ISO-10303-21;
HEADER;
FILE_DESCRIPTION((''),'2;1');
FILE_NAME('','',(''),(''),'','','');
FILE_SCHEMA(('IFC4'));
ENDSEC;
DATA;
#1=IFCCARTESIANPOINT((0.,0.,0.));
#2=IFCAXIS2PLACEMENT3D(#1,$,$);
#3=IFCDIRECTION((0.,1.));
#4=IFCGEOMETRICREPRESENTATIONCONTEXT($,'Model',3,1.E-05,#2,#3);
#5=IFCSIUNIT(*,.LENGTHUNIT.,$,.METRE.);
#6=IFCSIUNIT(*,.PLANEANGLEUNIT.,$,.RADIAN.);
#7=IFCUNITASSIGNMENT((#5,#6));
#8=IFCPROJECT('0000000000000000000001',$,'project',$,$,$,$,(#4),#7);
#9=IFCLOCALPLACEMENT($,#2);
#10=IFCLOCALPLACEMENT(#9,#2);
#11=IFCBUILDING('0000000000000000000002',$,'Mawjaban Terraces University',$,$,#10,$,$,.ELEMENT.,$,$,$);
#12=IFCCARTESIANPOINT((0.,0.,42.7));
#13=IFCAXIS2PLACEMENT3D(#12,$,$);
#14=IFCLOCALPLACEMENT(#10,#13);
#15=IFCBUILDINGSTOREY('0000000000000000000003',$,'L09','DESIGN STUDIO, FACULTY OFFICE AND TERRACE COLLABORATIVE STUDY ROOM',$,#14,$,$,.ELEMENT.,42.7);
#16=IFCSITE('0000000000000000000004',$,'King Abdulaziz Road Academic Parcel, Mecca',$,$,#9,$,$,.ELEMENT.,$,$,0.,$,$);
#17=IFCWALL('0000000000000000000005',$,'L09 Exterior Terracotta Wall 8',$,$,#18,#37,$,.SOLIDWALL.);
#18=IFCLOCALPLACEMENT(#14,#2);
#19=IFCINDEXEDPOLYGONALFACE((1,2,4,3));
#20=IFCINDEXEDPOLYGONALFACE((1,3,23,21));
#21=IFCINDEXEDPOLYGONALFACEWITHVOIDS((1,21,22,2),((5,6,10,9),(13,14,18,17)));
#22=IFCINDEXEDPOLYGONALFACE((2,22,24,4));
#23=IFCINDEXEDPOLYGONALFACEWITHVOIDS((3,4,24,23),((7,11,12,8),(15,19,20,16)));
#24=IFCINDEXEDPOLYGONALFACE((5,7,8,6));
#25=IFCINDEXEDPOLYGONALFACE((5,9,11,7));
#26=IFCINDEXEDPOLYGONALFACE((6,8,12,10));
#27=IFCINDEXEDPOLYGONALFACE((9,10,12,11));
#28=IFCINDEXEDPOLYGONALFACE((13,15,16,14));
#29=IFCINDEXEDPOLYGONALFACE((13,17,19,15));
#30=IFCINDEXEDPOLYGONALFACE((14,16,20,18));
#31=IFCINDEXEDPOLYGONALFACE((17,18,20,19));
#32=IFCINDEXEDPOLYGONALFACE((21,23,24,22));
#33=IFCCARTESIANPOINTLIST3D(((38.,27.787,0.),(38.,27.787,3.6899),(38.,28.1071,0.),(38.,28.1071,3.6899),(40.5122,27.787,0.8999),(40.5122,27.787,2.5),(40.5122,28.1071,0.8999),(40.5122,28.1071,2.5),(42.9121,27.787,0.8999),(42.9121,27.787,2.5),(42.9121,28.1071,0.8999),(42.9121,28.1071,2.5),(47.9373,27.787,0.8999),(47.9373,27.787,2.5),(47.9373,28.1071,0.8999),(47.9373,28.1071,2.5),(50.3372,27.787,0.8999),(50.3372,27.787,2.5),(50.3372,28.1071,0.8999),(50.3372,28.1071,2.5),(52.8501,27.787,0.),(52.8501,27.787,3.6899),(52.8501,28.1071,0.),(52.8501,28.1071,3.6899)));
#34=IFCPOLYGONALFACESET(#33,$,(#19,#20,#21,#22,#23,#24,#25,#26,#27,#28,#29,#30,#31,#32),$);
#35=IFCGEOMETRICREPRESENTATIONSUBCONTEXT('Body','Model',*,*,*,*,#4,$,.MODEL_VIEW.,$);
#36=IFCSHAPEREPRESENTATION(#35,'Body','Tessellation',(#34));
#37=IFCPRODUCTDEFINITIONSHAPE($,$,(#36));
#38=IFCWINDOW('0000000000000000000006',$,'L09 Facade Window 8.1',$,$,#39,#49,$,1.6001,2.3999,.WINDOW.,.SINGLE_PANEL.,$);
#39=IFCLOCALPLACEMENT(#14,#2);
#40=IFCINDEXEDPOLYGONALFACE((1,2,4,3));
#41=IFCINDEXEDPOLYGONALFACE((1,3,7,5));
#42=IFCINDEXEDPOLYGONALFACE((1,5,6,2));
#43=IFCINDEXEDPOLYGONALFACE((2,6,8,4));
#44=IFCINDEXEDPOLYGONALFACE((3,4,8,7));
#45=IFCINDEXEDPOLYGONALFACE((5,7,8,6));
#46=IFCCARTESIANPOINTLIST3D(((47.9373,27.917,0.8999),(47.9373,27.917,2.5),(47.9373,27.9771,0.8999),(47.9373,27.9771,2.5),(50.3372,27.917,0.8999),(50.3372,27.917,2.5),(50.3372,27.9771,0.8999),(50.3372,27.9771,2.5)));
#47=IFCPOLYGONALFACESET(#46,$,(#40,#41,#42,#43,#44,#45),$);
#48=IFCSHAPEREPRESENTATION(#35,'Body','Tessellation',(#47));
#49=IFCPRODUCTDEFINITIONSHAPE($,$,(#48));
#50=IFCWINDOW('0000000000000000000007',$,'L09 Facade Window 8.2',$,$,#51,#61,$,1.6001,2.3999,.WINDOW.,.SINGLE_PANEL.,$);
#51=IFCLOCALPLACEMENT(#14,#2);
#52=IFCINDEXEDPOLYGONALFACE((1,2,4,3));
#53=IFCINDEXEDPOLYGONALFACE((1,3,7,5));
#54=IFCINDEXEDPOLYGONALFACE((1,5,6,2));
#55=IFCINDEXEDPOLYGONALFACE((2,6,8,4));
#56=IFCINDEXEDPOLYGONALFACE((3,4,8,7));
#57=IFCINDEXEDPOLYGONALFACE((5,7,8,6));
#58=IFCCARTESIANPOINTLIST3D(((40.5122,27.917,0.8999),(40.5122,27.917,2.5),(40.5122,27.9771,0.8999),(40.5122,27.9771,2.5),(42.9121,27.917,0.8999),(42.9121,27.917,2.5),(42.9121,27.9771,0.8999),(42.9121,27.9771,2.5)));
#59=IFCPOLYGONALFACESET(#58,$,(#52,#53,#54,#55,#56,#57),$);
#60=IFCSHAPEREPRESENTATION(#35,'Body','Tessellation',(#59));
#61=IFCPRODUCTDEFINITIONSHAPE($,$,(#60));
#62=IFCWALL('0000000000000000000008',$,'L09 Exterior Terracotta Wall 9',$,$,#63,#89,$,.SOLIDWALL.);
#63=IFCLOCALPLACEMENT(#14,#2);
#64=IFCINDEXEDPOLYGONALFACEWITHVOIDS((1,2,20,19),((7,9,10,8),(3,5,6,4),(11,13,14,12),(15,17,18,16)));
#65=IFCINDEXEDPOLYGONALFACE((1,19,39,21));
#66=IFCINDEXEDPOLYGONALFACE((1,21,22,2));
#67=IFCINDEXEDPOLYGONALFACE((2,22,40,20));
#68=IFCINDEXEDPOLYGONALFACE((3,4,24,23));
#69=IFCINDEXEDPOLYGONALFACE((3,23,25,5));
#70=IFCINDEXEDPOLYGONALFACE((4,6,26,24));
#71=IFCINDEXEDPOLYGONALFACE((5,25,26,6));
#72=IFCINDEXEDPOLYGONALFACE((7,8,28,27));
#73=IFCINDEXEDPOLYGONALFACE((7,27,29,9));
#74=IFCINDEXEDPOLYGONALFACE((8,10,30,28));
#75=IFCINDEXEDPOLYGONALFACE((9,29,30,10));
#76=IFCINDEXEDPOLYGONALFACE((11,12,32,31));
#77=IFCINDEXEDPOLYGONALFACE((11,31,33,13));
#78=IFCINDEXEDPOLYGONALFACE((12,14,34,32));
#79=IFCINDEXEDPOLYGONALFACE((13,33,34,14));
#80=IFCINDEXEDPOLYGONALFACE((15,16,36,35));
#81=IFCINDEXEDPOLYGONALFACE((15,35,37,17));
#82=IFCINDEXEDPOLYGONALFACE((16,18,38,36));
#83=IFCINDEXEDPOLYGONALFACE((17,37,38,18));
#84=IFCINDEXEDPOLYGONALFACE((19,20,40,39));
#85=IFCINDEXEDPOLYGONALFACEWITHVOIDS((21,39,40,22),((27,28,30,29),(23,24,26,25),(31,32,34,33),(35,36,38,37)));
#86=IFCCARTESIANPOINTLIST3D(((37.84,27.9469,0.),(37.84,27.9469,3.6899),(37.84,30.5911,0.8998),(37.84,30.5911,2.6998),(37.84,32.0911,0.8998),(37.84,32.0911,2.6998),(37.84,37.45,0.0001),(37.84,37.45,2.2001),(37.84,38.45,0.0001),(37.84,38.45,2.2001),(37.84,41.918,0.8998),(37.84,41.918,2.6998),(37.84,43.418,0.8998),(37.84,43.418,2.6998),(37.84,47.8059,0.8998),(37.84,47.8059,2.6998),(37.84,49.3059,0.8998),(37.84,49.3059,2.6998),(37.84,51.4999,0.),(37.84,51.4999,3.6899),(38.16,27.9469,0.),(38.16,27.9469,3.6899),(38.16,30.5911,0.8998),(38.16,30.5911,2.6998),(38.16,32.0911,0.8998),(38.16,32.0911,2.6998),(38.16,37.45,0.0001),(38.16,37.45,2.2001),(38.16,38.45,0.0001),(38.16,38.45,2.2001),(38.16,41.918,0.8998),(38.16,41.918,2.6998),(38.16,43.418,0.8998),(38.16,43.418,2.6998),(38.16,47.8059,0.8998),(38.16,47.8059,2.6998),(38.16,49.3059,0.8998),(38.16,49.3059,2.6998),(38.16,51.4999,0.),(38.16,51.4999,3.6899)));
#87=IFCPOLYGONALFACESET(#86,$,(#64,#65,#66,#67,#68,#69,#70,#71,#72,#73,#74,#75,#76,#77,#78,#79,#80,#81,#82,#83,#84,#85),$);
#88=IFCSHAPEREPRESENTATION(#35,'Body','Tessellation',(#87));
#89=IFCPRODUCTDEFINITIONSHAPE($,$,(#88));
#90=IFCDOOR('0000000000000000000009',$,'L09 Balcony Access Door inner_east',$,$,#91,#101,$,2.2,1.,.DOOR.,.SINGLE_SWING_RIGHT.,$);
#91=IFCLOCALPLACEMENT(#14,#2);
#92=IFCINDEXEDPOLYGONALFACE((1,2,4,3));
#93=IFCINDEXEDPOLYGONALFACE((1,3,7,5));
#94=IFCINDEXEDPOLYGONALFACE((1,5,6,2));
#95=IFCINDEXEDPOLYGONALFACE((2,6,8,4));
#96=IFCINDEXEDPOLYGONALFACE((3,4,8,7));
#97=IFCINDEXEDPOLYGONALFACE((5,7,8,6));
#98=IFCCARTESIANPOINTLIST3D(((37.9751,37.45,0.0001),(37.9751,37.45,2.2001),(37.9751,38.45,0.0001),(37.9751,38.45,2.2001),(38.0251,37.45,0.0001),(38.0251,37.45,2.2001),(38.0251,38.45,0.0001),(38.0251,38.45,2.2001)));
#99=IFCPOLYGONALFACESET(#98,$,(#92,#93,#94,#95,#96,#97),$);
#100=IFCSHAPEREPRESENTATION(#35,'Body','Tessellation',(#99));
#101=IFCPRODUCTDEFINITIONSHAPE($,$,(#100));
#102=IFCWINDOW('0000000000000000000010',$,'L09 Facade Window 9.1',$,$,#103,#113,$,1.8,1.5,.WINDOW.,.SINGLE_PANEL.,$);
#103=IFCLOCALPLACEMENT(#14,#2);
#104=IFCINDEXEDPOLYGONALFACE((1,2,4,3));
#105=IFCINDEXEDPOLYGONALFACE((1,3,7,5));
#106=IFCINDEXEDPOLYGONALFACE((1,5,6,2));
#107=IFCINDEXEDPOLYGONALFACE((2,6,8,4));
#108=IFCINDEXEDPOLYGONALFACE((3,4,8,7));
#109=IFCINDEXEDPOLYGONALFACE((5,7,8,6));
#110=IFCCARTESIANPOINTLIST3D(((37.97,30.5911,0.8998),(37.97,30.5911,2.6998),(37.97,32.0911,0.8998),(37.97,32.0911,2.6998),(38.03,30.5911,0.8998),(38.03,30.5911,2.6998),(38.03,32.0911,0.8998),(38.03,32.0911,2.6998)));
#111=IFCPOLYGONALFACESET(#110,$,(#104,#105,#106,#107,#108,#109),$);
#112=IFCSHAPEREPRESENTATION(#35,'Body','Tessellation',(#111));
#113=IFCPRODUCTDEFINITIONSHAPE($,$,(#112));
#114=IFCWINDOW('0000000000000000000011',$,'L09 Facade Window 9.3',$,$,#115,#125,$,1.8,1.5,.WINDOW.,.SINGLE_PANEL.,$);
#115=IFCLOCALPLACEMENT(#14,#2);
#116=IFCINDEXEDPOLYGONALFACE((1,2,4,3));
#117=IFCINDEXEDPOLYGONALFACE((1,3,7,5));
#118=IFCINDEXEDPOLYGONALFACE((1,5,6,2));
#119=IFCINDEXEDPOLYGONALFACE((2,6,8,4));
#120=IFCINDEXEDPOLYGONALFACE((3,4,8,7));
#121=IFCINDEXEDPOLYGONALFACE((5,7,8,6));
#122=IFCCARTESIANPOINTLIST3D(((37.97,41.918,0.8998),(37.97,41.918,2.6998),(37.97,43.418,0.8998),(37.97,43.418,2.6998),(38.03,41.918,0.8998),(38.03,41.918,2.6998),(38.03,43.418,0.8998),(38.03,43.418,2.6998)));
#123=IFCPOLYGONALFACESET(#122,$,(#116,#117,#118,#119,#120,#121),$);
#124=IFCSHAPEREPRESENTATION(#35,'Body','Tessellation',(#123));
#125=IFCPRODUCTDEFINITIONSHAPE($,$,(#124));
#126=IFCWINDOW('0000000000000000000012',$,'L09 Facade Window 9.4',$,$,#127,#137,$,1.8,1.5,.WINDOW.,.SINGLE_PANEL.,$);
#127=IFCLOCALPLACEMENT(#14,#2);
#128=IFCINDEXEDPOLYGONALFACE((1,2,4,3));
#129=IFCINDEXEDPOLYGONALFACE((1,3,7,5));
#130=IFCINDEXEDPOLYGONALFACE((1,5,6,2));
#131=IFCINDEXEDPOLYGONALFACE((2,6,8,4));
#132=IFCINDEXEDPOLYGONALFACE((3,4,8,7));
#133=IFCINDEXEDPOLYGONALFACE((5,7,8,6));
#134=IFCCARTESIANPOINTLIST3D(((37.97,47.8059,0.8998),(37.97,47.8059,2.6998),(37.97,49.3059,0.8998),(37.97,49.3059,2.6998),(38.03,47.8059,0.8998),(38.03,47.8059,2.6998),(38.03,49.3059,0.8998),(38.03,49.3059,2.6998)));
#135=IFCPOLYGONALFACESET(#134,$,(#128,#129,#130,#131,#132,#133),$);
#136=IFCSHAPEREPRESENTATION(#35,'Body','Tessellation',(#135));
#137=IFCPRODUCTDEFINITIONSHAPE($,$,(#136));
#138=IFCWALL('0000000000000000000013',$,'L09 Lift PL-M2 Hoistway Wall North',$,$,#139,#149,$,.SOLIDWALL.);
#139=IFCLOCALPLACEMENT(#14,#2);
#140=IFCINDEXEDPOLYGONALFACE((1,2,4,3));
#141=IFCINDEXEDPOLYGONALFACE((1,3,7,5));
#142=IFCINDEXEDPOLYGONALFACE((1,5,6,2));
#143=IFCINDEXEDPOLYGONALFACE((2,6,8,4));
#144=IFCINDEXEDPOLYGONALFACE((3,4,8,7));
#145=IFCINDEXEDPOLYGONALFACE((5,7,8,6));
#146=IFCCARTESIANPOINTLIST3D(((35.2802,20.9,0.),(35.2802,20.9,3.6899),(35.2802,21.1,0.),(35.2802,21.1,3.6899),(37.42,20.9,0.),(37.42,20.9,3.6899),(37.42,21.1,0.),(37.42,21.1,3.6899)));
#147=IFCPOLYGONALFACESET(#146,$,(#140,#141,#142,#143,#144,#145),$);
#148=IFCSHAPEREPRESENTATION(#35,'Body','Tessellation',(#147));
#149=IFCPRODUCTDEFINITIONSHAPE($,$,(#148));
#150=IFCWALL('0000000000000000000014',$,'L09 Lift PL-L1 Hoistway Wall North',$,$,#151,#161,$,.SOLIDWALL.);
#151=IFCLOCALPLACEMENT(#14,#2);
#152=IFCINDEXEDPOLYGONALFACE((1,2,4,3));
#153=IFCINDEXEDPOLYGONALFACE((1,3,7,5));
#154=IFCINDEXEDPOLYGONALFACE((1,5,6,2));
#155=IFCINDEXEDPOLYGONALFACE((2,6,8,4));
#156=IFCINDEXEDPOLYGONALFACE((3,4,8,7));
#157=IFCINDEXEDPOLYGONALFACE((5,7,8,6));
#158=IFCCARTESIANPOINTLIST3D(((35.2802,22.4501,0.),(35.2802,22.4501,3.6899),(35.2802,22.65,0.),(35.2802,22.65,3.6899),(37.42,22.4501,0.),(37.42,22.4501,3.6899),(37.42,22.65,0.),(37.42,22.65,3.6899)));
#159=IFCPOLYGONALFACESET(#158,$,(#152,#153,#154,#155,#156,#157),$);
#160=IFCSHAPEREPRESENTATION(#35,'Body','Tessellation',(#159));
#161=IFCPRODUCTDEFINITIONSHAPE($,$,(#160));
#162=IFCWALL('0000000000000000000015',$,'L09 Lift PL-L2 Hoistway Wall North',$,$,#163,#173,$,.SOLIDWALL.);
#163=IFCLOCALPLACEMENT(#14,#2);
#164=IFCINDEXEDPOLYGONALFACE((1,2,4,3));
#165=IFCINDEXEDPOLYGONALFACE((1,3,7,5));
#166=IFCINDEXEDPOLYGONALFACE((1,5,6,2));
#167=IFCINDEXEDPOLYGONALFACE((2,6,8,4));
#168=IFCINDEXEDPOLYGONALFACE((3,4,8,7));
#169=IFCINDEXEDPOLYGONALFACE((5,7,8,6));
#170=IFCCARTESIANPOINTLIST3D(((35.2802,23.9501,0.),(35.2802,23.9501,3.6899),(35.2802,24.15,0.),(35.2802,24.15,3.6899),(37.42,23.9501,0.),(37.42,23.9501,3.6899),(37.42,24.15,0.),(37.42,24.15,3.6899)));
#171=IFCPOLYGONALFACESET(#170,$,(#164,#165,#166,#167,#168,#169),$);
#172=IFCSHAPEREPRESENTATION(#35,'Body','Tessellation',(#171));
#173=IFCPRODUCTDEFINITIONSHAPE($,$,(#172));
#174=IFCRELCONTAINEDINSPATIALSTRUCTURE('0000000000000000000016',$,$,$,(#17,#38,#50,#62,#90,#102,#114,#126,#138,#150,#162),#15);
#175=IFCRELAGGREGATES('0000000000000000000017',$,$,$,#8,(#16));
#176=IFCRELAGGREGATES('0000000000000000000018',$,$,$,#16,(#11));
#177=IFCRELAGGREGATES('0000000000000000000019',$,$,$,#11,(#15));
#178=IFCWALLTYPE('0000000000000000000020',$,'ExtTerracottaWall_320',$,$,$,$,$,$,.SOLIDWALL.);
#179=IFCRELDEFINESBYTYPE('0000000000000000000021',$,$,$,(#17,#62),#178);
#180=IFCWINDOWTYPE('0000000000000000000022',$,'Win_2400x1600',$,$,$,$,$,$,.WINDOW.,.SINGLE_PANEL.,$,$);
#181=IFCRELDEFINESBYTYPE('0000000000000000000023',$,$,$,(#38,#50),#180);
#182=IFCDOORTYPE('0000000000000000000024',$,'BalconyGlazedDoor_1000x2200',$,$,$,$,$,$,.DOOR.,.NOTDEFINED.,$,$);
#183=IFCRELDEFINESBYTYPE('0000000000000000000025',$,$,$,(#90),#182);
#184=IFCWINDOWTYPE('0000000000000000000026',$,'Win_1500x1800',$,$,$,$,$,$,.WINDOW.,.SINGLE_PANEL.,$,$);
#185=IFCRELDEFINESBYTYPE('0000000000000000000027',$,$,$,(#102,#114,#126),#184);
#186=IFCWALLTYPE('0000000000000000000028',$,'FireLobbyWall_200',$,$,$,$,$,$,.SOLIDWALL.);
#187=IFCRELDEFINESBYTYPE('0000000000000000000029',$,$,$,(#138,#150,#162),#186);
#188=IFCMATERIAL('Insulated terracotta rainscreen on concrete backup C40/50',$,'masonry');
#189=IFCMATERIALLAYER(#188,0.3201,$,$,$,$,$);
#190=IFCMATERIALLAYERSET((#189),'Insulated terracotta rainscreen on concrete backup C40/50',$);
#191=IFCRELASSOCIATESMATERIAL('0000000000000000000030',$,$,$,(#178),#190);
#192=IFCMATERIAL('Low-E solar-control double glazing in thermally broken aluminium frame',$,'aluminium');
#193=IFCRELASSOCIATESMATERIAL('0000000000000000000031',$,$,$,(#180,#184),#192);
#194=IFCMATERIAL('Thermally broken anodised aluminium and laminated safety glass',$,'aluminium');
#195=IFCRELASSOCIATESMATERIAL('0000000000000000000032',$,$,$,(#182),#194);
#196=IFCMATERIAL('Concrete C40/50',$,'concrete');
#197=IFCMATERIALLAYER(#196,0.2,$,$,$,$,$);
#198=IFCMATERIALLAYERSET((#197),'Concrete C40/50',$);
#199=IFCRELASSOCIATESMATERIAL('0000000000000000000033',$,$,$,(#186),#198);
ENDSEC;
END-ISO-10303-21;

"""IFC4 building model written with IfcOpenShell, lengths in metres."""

from ifc_helpers import new_model, si_unit, direction, frame, frame_2d, origin, place, context, subcontext, project, spatial, rectangle, extrude, material, layer, layer_set, type_object, element, fill, save


model = new_model("IFC4")

# Units and contexts
model_context = context("Model", 3, precision=1e-05, world=origin(), true_north=direction((0.0, 1.0)))
body_context = subcontext(model_context, "Body", "Model", "MODEL_VIEW")
ifc_project = project(units=[si_unit("LENGTHUNIT", "METRE"), si_unit("PLANEANGLEUNIT", "RADIAN")], contexts=[model_context])

# Site, building, storey
site_placement = place(None, origin())
site = spatial("IfcSite", under=ifc_project, at=site_placement, Name="King Abdulaziz Road Academic Parcel, Mecca", CompositionType="ELEMENT", RefElevation=0.0)
building_placement = place(site_placement, origin())
building = spatial("IfcBuilding", under=site, at=building_placement, Name="Mawjaban Terraces University", CompositionType="ELEMENT")
storey_placement = place(building_placement, frame((0.0, 0.0, 42.7)))
storey = spatial("IfcBuildingStorey", under=building, at=storey_placement, Name="L09", Description="DESIGN STUDIO, FACULTY OFFICE AND TERRACE COLLABORATIVE STUDY ROOM", CompositionType="ELEMENT", Elevation=42.7)

# Shared definitions
ifc_material_1 = material(Name="Insulated terracotta rainscreen on concrete backup C40/50", Category="masonry")
ifc_layer_1 = layer(ifc_material_1, 0.3201)
ifc_layer_set_1 = layer_set([ifc_layer_1], Name="Insulated terracotta rainscreen on concrete backup C40/50")
wall_type_1 = type_object("IfcWallType", Name="ExtTerracottaWall_320", PredefinedType="SOLIDWALL", material=ifc_layer_set_1)

# Wall, openings, windows
wall_1_placement = place(storey_placement, frame((52.8501, 27.947, 0.0), z_axis=(0.0, 0.0, 1.0), x_axis=(-1.0, 0.0, 0.0)))
wall_1 = element("IfcWall", 1, at=wall_1_placement, inside=storey, type_object=wall_type_1, Name="L09 Exterior Terracotta Wall 8", PredefinedType="SOLIDWALL", context=body_context, shape_type="SweptSolid", body=[
    extrude(rectangle(XDim=14.8501, YDim=0.3201, at=frame_2d((7.425, 0.0))), origin(), (0.0, 0.0, 1.0), 3.6899),
])
opening_1_placement = place(wall_1_placement, frame((2.5129, 0.0, 0.8999)))
opening_1 = element("IfcOpeningElement", 2, at=opening_1_placement, cuts=wall_1, PredefinedType="OPENING", context=body_context, shape_type="SweptSolid", body=[
    extrude(rectangle(XDim=2.3999, YDim=1.6001, at=frame_2d((1.2, 0.8))), frame((0.0, 0.1699, 0.0), z_axis=(0.0, -1.0, 0.0), x_axis=(1.0, 0.0, 0.0)), (0.0, 0.0, 1.0), 0.3401),
])
opening_2_placement = place(wall_1_placement, frame((9.938, 0.0, 0.8999)))
opening_2 = element("IfcOpeningElement", 3, at=opening_2_placement, cuts=wall_1, PredefinedType="OPENING", context=body_context, shape_type="SweptSolid", body=[
    extrude(rectangle(XDim=2.3999, YDim=1.6001, at=frame_2d((1.2, 0.8))), frame((0.0, 0.1699, 0.0), z_axis=(0.0, -1.0, 0.0), x_axis=(1.0, 0.0, 0.0)), (0.0, 0.0, 1.0), 0.3401),
])
ifc_material_2 = material(Name="Low-E solar-control double glazing in thermally broken aluminium frame", Category="aluminium")
window_type_1 = type_object("IfcWindowType", Name="Win_2400x1600", PartitioningType="SINGLE_PANEL", PredefinedType="WINDOW", material=ifc_material_2)
window_1_placement = place(opening_1_placement, origin())
window_1 = element("IfcWindow", 4, at=window_1_placement, inside=storey, type_object=window_type_1, Name="L09 Facade Window 8.1", OverallHeight=1.6001, OverallWidth=2.3999, PartitioningType="SINGLE_PANEL", PredefinedType="WINDOW", context=body_context, shape_type="SweptSolid", body=[
    extrude(rectangle(XDim=2.3999, YDim=1.6001, at=frame_2d((1.2, 0.8))), frame((0.0, 0.03, 0.0), z_axis=(0.0, -1.0, 0.0), x_axis=(1.0, 0.0, 0.0)), (0.0, 0.0, 1.0), 0.0601),
])
fill(opening_1, window_1)
window_2_placement = place(opening_2_placement, origin())
window_2 = element("IfcWindow", 5, at=window_2_placement, inside=storey, type_object=window_type_1, Name="L09 Facade Window 8.2", OverallHeight=1.6001, OverallWidth=2.3999, PartitioningType="SINGLE_PANEL", PredefinedType="WINDOW", context=body_context, shape_type="SweptSolid", body=[
    extrude(rectangle(XDim=2.3999, YDim=1.6001, at=frame_2d((1.2, 0.8))), frame((0.0, 0.03, 0.0), z_axis=(0.0, -1.0, 0.0), x_axis=(1.0, 0.0, 0.0)), (0.0, 0.0, 1.0), 0.0601),
])
fill(opening_2, window_2)

# Wall, openings, door, windows
wall_2_placement = place(storey_placement, frame((38.0, 27.947, 0.0), z_axis=(0.0, 0.0, 1.0), x_axis=(0.0, 1.0, 0.0)))
wall_2 = element("IfcWall", 6, at=wall_2_placement, inside=storey, type_object=wall_type_1, Name="L09 Exterior Terracotta Wall 9", PredefinedType="SOLIDWALL", context=body_context, shape_type="SweptSolid", body=[
    extrude(rectangle(XDim=23.553, YDim=0.3201, at=frame_2d((11.7764, 0.0))), origin(), (0.0, 0.0, 1.0), 3.6899),
])
opening_3_placement = place(wall_2_placement, frame((9.5029, 0.0, 0.0)))
opening_3 = element("IfcOpeningElement", 7, at=opening_3_placement, cuts=wall_2, PredefinedType="OPENING", context=body_context, shape_type="SweptSolid", body=[
    extrude(rectangle(XDim=1.0, YDim=2.2, at=frame_2d((0.5, 1.1001))), frame((0.0, 0.1699, 0.0), z_axis=(0.0, -1.0, 0.0), x_axis=(1.0, 0.0, 0.0)), (0.0, 0.0, 1.0), 0.3401),
])
opening_4_placement = place(wall_2_placement, frame((2.644, 0.0, 0.8999)))
opening_4 = element("IfcOpeningElement", 8, at=opening_4_placement, cuts=wall_2, PredefinedType="OPENING", context=body_context, shape_type="SweptSolid", body=[
    extrude(rectangle(XDim=1.5, YDim=1.8, at=frame_2d((0.75, 0.8999))), frame((0.0, 0.1699, 0.0), z_axis=(0.0, -1.0, 0.0), x_axis=(1.0, 0.0, 0.0)), (0.0, 0.0, 1.0), 0.3401),
])
opening_5_placement = place(wall_2_placement, frame((13.9709, 0.0, 0.8999)))
opening_5 = element("IfcOpeningElement", 9, at=opening_5_placement, cuts=wall_2, PredefinedType="OPENING", context=body_context, shape_type="SweptSolid", body=[
    extrude(rectangle(XDim=1.5, YDim=1.8, at=frame_2d((0.75, 0.8999))), frame((0.0, 0.1699, 0.0), z_axis=(0.0, -1.0, 0.0), x_axis=(1.0, 0.0, 0.0)), (0.0, 0.0, 1.0), 0.3401),
])
opening_6_placement = place(wall_2_placement, frame((19.8589, 0.0, 0.8999)))
opening_6 = element("IfcOpeningElement", 10, at=opening_6_placement, cuts=wall_2, PredefinedType="OPENING", context=body_context, shape_type="SweptSolid", body=[
    extrude(rectangle(XDim=1.5, YDim=1.8, at=frame_2d((0.75, 0.8999))), frame((0.0, 0.1699, 0.0), z_axis=(0.0, -1.0, 0.0), x_axis=(1.0, 0.0, 0.0)), (0.0, 0.0, 1.0), 0.3401),
])
ifc_material_3 = material(Name="Thermally broken anodised aluminium and laminated safety glass", Category="aluminium")
door_type = type_object("IfcDoorType", Name="BalconyGlazedDoor_1000x2200", OperationType="NOTDEFINED", PredefinedType="DOOR", material=ifc_material_3)
door_placement = place(opening_3_placement, origin())
door = element("IfcDoor", 11, at=door_placement, inside=storey, type_object=door_type, Name="L09 Balcony Access Door inner_east", OperationType="SINGLE_SWING_RIGHT", OverallHeight=2.2, OverallWidth=1.0, PredefinedType="DOOR", context=body_context, shape_type="SweptSolid", body=[
    extrude(rectangle(XDim=1.0, YDim=2.2, at=frame_2d((0.5, 1.1001))), frame((0.0, 0.0249, 0.0), z_axis=(0.0, -1.0, 0.0), x_axis=(1.0, 0.0, 0.0)), (0.0, 0.0, 1.0), 0.05),
])
fill(opening_3, door)
window_type_2 = type_object("IfcWindowType", Name="Win_1500x1800", PartitioningType="SINGLE_PANEL", PredefinedType="WINDOW", material=ifc_material_2)
window_3_placement = place(opening_4_placement, origin())
window_3 = element("IfcWindow", 12, at=window_3_placement, inside=storey, type_object=window_type_2, Name="L09 Facade Window 9.1", OverallHeight=1.8, OverallWidth=1.5, PartitioningType="SINGLE_PANEL", PredefinedType="WINDOW", context=body_context, shape_type="SweptSolid", body=[
    extrude(rectangle(XDim=1.5, YDim=1.8, at=frame_2d((0.75, 0.8999))), frame((0.0, 0.03, 0.0), z_axis=(0.0, -1.0, 0.0), x_axis=(1.0, 0.0, 0.0)), (0.0, 0.0, 1.0), 0.0601),
])
fill(opening_4, window_3)
window_4_placement = place(opening_5_placement, origin())
window_4 = element("IfcWindow", 13, at=window_4_placement, inside=storey, type_object=window_type_2, Name="L09 Facade Window 9.3", OverallHeight=1.8, OverallWidth=1.5, PartitioningType="SINGLE_PANEL", PredefinedType="WINDOW", context=body_context, shape_type="SweptSolid", body=[
    extrude(rectangle(XDim=1.5, YDim=1.8, at=frame_2d((0.75, 0.8999))), frame((0.0, 0.03, 0.0), z_axis=(0.0, -1.0, 0.0), x_axis=(1.0, 0.0, 0.0)), (0.0, 0.0, 1.0), 0.0601),
])
fill(opening_5, window_4)
window_5_placement = place(opening_6_placement, origin())
window_5 = element("IfcWindow", 14, at=window_5_placement, inside=storey, type_object=window_type_2, Name="L09 Facade Window 9.4", OverallHeight=1.8, OverallWidth=1.5, PartitioningType="SINGLE_PANEL", PredefinedType="WINDOW", context=body_context, shape_type="SweptSolid", body=[
    extrude(rectangle(XDim=1.5, YDim=1.8, at=frame_2d((0.75, 0.8999))), frame((0.0, 0.03, 0.0), z_axis=(0.0, -1.0, 0.0), x_axis=(1.0, 0.0, 0.0)), (0.0, 0.0, 1.0), 0.0601),
])
fill(opening_6, window_5)

# Walls
ifc_material_4 = material(Name="Concrete C40/50", Category="concrete")
ifc_layer_2 = layer(ifc_material_4, 0.2)
ifc_layer_set_2 = layer_set([ifc_layer_2], Name="Concrete C40/50")
wall_type_2 = type_object("IfcWallType", Name="FireLobbyWall_200", PredefinedType="SOLIDWALL", material=ifc_layer_set_2)
for number, where, z_axis, x_axis, name in (
    (15, (37.4199, 21.0, 0.0), (0.0, 0.0, 1.0), (-1.0, 0.0, 0.0), "L09 Lift PL-M2 Hoistway Wall North"),
    (16, (37.4199, 22.55, 0.0), (0.0, 0.0, 1.0), (-1.0, 0.0, 0.0), "L09 Lift PL-L1 Hoistway Wall North"),
    (17, (37.4199, 24.05, 0.0), (0.0, 0.0, 1.0), (-1.0, 0.0, 0.0), "L09 Lift PL-L2 Hoistway Wall North"),
):
    element("IfcWall", number, at=place(storey_placement, frame(where, z_axis=z_axis, x_axis=x_axis)), inside=storey, type_object=wall_type_2, Name=name, PredefinedType="SOLIDWALL", context=body_context, shape_type="SweptSolid", body=[
        extrude(rectangle(XDim=2.1399, YDim=0.2, at=frame_2d((1.0698, 0.0))), origin(), (0.0, 0.0, 1.0), 3.6899),
    ])

save(model, "model.ifc")
